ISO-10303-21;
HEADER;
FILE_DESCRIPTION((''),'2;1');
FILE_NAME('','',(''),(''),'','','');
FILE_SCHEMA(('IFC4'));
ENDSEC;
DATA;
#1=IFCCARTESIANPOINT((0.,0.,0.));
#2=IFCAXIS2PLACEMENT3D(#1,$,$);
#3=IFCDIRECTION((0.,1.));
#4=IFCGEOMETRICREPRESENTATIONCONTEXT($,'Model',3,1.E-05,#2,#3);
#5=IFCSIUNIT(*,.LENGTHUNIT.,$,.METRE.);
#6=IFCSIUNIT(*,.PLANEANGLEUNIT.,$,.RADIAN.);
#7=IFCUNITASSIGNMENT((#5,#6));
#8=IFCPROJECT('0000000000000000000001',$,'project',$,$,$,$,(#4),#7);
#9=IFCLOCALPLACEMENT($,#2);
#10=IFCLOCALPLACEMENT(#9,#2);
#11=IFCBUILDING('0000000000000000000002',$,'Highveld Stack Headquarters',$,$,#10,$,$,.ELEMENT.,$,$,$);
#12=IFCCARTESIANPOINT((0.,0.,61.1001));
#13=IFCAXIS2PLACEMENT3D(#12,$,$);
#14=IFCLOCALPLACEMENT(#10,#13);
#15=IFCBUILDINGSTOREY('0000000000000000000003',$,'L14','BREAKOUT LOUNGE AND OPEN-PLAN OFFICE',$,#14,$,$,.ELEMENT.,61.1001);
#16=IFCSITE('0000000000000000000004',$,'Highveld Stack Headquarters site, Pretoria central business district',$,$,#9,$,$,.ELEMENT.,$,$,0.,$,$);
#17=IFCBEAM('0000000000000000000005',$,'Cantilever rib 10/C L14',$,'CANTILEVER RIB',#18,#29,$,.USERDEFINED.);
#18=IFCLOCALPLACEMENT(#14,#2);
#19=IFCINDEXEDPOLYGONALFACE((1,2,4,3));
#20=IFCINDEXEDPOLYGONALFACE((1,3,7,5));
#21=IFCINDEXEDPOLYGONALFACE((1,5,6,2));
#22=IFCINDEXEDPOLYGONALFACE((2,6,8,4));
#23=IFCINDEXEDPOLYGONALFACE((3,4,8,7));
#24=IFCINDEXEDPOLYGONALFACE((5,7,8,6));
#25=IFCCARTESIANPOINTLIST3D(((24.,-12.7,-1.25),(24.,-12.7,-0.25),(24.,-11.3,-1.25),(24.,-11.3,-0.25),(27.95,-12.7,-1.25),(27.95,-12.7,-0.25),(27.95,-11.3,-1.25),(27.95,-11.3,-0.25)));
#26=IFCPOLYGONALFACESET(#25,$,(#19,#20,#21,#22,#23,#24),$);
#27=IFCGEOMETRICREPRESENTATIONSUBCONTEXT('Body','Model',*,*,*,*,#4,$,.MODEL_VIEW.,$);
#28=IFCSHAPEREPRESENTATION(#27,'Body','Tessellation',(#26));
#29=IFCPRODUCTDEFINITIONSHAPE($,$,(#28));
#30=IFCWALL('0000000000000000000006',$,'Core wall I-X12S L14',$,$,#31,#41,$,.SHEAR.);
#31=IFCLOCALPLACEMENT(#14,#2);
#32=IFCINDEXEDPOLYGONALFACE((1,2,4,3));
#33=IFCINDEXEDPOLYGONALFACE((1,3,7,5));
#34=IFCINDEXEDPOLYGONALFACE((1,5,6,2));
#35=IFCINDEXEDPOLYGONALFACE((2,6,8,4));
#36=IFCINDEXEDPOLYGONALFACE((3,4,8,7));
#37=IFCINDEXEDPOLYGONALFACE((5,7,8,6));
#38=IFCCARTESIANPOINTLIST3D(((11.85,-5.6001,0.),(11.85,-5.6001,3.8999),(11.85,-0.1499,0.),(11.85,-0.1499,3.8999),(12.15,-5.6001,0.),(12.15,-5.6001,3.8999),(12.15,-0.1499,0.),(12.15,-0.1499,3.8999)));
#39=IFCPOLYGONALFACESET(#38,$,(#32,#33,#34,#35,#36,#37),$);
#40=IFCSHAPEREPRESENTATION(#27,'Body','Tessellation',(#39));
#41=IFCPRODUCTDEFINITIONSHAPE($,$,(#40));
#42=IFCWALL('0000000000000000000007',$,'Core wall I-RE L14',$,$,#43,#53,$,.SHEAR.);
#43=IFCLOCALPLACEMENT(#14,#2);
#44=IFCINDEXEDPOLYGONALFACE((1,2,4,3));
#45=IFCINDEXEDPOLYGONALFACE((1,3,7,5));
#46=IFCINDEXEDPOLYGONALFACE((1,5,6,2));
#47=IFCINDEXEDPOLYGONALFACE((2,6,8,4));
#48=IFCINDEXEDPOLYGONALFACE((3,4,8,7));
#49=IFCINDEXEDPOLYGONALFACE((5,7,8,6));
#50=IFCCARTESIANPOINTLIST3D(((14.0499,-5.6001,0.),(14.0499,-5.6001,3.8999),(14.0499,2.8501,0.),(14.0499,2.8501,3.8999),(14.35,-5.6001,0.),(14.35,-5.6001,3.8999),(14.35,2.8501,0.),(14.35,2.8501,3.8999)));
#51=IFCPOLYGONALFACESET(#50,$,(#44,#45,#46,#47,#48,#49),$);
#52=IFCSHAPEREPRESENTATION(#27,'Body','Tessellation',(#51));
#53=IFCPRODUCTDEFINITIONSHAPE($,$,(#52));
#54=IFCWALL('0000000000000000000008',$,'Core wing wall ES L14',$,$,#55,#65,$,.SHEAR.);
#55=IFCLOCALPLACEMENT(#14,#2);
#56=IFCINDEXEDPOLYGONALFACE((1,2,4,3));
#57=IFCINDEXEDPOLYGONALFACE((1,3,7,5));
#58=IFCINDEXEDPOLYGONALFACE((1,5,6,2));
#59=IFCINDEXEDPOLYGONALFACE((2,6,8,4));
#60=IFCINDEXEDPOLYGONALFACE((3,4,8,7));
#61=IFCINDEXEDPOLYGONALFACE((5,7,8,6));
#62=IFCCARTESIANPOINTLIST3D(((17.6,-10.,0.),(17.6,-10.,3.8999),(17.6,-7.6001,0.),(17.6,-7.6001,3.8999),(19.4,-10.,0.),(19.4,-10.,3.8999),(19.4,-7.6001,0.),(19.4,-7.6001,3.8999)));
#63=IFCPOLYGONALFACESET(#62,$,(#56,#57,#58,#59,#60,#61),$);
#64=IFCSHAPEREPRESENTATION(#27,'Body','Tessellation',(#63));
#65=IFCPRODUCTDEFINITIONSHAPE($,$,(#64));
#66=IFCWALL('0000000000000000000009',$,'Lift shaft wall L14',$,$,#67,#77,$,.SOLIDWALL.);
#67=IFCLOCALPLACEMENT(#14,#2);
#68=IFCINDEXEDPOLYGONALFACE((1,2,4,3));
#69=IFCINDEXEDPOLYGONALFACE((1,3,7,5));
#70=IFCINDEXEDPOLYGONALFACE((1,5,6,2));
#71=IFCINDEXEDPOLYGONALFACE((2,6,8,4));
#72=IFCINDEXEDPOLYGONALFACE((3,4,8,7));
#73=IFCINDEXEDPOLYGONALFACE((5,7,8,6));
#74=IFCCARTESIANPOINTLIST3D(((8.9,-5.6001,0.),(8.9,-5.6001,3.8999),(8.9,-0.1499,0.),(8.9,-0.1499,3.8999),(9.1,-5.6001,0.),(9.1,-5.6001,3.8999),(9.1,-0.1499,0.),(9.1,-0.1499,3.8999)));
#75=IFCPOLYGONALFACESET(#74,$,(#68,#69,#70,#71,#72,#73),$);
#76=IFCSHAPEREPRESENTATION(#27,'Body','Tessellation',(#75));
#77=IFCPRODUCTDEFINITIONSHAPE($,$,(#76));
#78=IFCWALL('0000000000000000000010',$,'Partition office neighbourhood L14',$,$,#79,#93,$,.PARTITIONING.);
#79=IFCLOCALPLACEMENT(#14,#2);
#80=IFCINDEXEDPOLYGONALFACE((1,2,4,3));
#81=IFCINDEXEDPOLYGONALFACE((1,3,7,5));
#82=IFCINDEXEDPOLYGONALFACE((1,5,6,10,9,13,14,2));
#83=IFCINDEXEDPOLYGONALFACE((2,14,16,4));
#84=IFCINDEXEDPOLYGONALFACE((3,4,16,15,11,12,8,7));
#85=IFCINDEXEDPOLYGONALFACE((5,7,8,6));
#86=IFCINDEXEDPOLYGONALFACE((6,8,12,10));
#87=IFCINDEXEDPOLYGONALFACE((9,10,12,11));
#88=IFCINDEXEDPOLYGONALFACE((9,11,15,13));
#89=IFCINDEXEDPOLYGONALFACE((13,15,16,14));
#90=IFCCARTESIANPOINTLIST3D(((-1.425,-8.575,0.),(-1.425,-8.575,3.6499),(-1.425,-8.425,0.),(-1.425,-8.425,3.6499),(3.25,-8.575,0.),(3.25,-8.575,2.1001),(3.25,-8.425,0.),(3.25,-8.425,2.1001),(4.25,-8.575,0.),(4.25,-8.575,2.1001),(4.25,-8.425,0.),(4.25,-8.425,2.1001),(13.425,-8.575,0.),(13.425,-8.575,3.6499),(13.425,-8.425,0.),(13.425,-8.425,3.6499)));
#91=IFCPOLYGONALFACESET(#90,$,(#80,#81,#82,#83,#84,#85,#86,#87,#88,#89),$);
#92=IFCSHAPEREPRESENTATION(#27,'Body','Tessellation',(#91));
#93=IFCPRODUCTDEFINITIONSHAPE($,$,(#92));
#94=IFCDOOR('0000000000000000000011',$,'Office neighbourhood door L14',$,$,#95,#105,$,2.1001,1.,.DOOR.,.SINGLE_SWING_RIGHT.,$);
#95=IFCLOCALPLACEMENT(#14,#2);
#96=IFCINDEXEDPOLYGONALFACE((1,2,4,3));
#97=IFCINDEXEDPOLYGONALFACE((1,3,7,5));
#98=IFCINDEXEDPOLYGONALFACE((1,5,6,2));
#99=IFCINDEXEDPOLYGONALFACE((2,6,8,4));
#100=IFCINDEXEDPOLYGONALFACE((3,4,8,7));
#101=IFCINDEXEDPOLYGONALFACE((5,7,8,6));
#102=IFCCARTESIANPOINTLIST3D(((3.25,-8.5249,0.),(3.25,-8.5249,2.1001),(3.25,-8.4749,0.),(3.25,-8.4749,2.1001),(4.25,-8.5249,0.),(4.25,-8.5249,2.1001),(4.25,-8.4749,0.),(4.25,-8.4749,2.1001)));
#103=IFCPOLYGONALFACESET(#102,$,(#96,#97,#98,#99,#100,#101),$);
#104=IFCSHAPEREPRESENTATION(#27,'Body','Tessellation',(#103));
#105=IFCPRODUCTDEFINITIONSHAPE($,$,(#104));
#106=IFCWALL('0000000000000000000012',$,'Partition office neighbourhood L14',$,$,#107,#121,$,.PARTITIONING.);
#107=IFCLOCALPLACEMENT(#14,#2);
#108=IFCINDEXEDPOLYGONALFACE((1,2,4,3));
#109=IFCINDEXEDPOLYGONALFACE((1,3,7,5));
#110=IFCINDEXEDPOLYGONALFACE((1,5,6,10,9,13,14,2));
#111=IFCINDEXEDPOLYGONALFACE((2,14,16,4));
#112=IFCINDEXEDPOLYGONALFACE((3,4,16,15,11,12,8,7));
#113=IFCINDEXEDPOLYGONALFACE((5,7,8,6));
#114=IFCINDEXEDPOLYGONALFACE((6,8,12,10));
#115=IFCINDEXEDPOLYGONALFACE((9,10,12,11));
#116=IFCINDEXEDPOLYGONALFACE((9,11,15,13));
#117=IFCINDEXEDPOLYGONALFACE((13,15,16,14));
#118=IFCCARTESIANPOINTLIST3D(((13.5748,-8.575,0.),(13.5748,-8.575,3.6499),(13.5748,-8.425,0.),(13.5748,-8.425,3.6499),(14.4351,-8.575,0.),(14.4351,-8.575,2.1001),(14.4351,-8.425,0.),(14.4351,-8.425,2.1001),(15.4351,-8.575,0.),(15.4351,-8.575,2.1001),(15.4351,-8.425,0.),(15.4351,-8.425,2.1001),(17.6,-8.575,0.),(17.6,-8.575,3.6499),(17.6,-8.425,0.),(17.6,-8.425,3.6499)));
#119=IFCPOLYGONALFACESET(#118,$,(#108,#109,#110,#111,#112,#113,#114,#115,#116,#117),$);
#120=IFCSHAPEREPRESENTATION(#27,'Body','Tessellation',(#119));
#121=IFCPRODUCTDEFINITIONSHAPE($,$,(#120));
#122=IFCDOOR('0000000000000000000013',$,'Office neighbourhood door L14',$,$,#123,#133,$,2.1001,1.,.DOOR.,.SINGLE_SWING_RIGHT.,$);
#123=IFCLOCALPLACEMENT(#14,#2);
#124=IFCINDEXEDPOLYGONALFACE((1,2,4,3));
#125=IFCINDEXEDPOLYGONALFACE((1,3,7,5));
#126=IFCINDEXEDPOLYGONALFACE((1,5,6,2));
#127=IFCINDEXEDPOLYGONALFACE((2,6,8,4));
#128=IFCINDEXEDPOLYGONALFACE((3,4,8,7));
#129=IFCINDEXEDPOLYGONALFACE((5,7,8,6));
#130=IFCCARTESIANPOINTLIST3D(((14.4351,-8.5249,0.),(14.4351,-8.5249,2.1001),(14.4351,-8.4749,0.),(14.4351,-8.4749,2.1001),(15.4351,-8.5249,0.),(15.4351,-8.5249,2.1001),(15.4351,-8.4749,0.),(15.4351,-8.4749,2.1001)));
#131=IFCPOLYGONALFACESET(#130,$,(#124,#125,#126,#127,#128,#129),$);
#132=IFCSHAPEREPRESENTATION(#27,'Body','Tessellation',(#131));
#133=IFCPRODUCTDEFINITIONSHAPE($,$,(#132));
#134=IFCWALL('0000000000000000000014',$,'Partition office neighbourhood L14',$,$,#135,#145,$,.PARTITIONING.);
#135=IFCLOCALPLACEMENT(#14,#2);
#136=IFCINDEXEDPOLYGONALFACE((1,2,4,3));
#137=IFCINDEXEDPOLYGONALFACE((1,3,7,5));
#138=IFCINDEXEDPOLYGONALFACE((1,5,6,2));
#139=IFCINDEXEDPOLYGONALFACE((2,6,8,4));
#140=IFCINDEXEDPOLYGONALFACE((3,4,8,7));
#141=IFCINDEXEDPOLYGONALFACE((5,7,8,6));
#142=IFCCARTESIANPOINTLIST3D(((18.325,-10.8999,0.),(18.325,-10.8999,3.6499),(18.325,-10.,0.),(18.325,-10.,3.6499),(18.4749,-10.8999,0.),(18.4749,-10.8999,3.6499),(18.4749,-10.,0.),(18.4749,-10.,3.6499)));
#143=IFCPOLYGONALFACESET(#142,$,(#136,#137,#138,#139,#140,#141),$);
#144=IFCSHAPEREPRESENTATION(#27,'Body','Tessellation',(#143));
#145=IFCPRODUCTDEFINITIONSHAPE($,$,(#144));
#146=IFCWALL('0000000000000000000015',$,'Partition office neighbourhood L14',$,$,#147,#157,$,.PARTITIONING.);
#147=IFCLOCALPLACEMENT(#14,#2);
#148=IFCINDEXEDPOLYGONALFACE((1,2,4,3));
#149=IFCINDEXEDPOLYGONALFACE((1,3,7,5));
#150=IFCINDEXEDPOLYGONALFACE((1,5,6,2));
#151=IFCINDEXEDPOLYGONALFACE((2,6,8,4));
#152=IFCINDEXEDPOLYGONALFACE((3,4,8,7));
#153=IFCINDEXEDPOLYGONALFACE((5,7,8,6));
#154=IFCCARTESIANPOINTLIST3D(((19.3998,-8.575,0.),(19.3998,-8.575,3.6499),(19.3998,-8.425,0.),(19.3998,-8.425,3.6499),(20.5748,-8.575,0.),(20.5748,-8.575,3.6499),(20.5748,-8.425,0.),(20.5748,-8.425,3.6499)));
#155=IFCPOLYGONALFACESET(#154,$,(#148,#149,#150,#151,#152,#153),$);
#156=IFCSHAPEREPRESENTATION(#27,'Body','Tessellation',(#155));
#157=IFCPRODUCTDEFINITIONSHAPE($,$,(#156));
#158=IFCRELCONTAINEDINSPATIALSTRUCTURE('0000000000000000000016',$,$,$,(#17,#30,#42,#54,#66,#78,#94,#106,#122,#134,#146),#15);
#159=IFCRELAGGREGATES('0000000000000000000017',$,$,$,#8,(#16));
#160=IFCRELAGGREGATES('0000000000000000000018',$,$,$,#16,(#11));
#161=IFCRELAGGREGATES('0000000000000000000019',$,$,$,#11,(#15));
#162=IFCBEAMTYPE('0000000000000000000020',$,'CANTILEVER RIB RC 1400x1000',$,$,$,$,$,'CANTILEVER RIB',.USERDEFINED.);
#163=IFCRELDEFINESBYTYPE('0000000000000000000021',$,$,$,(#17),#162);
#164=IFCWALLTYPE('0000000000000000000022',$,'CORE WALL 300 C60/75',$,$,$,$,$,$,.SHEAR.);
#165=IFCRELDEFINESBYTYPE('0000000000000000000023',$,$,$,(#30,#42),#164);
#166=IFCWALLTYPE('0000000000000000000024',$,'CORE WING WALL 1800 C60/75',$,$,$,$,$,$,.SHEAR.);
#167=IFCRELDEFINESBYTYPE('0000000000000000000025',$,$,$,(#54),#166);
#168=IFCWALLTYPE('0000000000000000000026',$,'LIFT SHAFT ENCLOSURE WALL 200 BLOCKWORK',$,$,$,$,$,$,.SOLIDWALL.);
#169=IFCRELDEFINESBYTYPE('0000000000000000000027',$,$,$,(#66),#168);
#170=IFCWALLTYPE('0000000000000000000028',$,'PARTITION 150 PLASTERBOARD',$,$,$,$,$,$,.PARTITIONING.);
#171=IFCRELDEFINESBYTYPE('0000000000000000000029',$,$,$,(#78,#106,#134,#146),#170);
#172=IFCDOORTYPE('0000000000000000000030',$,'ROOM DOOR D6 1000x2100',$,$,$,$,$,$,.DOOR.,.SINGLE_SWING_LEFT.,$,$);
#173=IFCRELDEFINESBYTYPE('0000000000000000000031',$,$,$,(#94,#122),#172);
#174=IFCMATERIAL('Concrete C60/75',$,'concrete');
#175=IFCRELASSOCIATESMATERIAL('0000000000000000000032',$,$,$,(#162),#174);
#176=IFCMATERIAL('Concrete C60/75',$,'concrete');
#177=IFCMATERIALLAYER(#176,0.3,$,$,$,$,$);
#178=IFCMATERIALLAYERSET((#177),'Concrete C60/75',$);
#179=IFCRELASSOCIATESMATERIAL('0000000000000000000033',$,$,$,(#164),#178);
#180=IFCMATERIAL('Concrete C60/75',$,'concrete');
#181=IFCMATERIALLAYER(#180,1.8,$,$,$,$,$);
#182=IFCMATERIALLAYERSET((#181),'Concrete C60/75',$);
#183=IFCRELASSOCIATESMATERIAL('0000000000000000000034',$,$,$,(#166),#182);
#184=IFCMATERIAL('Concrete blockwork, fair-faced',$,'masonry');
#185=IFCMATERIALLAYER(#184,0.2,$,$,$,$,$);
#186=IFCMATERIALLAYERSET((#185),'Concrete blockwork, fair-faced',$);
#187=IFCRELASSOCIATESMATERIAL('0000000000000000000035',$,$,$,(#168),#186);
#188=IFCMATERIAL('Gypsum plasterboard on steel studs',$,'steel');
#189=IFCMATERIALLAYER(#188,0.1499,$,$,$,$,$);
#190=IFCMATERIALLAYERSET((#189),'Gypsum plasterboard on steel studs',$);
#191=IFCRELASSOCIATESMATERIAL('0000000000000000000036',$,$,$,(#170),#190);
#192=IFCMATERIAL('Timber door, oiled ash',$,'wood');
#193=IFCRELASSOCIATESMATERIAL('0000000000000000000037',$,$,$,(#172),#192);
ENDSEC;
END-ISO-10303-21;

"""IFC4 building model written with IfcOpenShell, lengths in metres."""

from ifc_helpers import new_model, si_unit, direction, frame, frame_2d, origin, origin_2d, place, context, subcontext, project, spatial, rectangle, extrude, material, layer, layer_set, material_profile, profile_set, type_object, element, fill, save


model = new_model("IFC4")

# Units and contexts
model_context = context("Model", 3, precision=1e-05, world=origin(), true_north=direction((0.0, 1.0)))
body_context = subcontext(model_context, "Body", "Model", "MODEL_VIEW")
ifc_project = project(units=[si_unit("LENGTHUNIT", "METRE"), si_unit("PLANEANGLEUNIT", "RADIAN")], contexts=[model_context])

# Site, building, storey
site_placement = place(None, origin())
site = spatial("IfcSite", under=ifc_project, at=site_placement, Name="Highveld Stack Headquarters site, Pretoria central business district", CompositionType="ELEMENT", RefElevation=0.0)
building_placement = place(site_placement, origin())
building = spatial("IfcBuilding", under=site, at=building_placement, Name="Highveld Stack Headquarters", CompositionType="ELEMENT")
storey_placement = place(building_placement, frame((0.0, 0.0, 61.1001)))
storey = spatial("IfcBuildingStorey", under=building, at=storey_placement, Name="L14", Description="BREAKOUT LOUNGE AND OPEN-PLAN OFFICE", CompositionType="ELEMENT", Elevation=61.1001)

# Beam
ifc_material_1 = material(Name="Concrete C60/75", Category="concrete")
ifc_material_profile = material_profile(ifc_material_1, rectangle(XDim=1.3999, YDim=1.0, at=origin_2d()), Name="RC 1400x1000")
ifc_profile_set = profile_set([ifc_material_profile], Name="Concrete C60/75")
beam_type = type_object("IfcBeamType", Name="CANTILEVER RIB RC 1400x1000", ElementType="CANTILEVER RIB", PredefinedType="USERDEFINED", material=ifc_profile_set)
beam_placement = place(storey_placement, frame((24.0, -12.0, -0.75), z_axis=(1.0, 0.0, 0.0), x_axis=(0.0, 1.0, 0.0)))
element("IfcBeam", 1, at=beam_placement, inside=storey, type_object=beam_type, Name="Cantilever rib 10/C L14", ObjectType="CANTILEVER RIB", PredefinedType="USERDEFINED", context=body_context, shape_type="SweptSolid", body=[
    extrude(rectangle(XDim=1.3999, YDim=1.0, at=origin_2d()), origin(), (0.0, 0.0, 1.0), 3.95),
])

# Walls
ifc_material_2 = material(Name="Concrete C60/75", Category="concrete")
ifc_layer_1 = layer(ifc_material_2, 0.3)
ifc_layer_set_1 = layer_set([ifc_layer_1], Name="Concrete C60/75")
wall_type_1 = type_object("IfcWallType", Name="CORE WALL 300 C60/75", PredefinedType="SHEAR", material=ifc_layer_set_1)
wall_1_placement = place(storey_placement, frame((12.0, -5.6001, 0.0), z_axis=(0.0, 0.0, 1.0), x_axis=(0.0, 1.0, 0.0)))
element("IfcWall", 2, at=wall_1_placement, inside=storey, type_object=wall_type_1, Name="Core wall I-X12S L14", PredefinedType="SHEAR", context=body_context, shape_type="SweptSolid", body=[
    extrude(rectangle(XDim=5.4502, YDim=0.3, at=frame_2d((2.7251, 0.0))), origin(), (0.0, 0.0, 1.0), 3.8999),
])
wall_2_placement = place(storey_placement, frame((14.2, -5.6001, 0.0), z_axis=(0.0, 0.0, 1.0), x_axis=(0.0, 1.0, 0.0)))
element("IfcWall", 3, at=wall_2_placement, inside=storey, type_object=wall_type_1, Name="Core wall I-RE L14", PredefinedType="SHEAR", context=body_context, shape_type="SweptSolid", body=[
    extrude(rectangle(XDim=8.4502, YDim=0.3, at=frame_2d((4.2251, 0.0))), origin(), (0.0, 0.0, 1.0), 3.8999),
])
ifc_material_3 = material(Name="Concrete C60/75", Category="concrete")
ifc_layer_2 = layer(ifc_material_3, 1.8)
ifc_layer_set_2 = layer_set([ifc_layer_2], Name="Concrete C60/75")
wall_type_2 = type_object("IfcWallType", Name="CORE WING WALL 1800 C60/75", PredefinedType="SHEAR", material=ifc_layer_set_2)
wall_3_placement = place(storey_placement, frame((18.5, -10.0, 0.0), z_axis=(0.0, 0.0, 1.0), x_axis=(0.0, 1.0, 0.0)))
element("IfcWall", 4, at=wall_3_placement, inside=storey, type_object=wall_type_2, Name="Core wing wall ES L14", PredefinedType="SHEAR", context=body_context, shape_type="SweptSolid", body=[
    extrude(rectangle(XDim=2.3999, YDim=1.8, at=frame_2d((1.2, 0.0))), origin(), (0.0, 0.0, 1.0), 3.8999),
])
ifc_material_4 = material(Name="Concrete blockwork, fair-faced", Category="masonry")
ifc_layer_3 = layer(ifc_material_4, 0.2)
ifc_layer_set_3 = layer_set([ifc_layer_3], Name="Concrete blockwork, fair-faced")
wall_type_3 = type_object("IfcWallType", Name="LIFT SHAFT ENCLOSURE WALL 200 BLOCKWORK", PredefinedType="SOLIDWALL", material=ifc_layer_set_3)
wall_4_placement = place(storey_placement, frame((9.0, -5.6001, 0.0), z_axis=(0.0, 0.0, 1.0), x_axis=(0.0, 1.0, 0.0)))
element("IfcWall", 5, at=wall_4_placement, inside=storey, type_object=wall_type_3, Name="Lift shaft wall L14", PredefinedType="SOLIDWALL", context=body_context, shape_type="SweptSolid", body=[
    extrude(rectangle(XDim=5.4502, YDim=0.2, at=frame_2d((2.7251, 0.0))), origin(), (0.0, 0.0, 1.0), 3.8999),
])

# Walls, openings, doors
ifc_material_5 = material(Name="Gypsum plasterboard on steel studs", Category="steel")
ifc_layer_4 = layer(ifc_material_5, 0.1499)
ifc_layer_set_4 = layer_set([ifc_layer_4], Name="Gypsum plasterboard on steel studs")
wall_type_4 = type_object("IfcWallType", Name="PARTITION 150 PLASTERBOARD", PredefinedType="PARTITIONING", material=ifc_layer_set_4)
wall_5_placement = place(storey_placement, frame((13.425, -8.5, 0.0), z_axis=(0.0, 0.0, 1.0), x_axis=(-1.0, 0.0, 0.0)))
wall_5 = element("IfcWall", 6, at=wall_5_placement, inside=storey, type_object=wall_type_4, Name="Partition office neighbourhood L14", PredefinedType="PARTITIONING", context=body_context, shape_type="SweptSolid", body=[
    extrude(rectangle(XDim=14.8501, YDim=0.1499, at=frame_2d((7.425, 0.0))), origin(), (0.0, 0.0, 1.0), 3.6499),
])
opening_1_placement = place(wall_5_placement, frame((9.175, 0.0, 0.0)))
opening_1 = element("IfcOpeningElement", 7, at=opening_1_placement, cuts=wall_5, PredefinedType="OPENING", context=body_context, shape_type="SweptSolid", body=[
    extrude(rectangle(XDim=1.0, YDim=2.1001, at=frame_2d((0.5, 1.05))), frame((0.0, 0.085, 0.0), z_axis=(0.0, -1.0, 0.0), x_axis=(1.0, 0.0, 0.0)), (0.0, 0.0, 1.0), 0.1699),
])
ifc_material_6 = material(Name="Timber door, oiled ash", Category="wood")
door_type_1 = type_object("IfcDoorType", Name="ROOM DOOR D6 1000x2100", OperationType="SINGLE_SWING_LEFT", PredefinedType="DOOR", material=ifc_material_6)
door_1_placement = place(opening_1_placement, origin())
door_1 = element("IfcDoor", 8, at=door_1_placement, inside=storey, type_object=door_type_1, Name="Office neighbourhood door L14", OperationType="SINGLE_SWING_RIGHT", OverallHeight=2.1001, OverallWidth=1.0, PredefinedType="DOOR", context=body_context, shape_type="SweptSolid", body=[
    extrude(rectangle(XDim=1.0, YDim=2.1001, at=frame_2d((0.5, 1.05))), frame((0.0, 0.0249, 0.0), z_axis=(0.0, -1.0, 0.0), x_axis=(1.0, 0.0, 0.0)), (0.0, 0.0, 1.0), 0.05),
])
fill(opening_1, door_1)
wall_6_placement = place(storey_placement, frame((17.6001, -8.5, 0.0), z_axis=(0.0, 0.0, 1.0), x_axis=(-1.0, 0.0, 0.0)))
wall_6 = element("IfcWall", 9, at=wall_6_placement, inside=storey, type_object=wall_type_4, Name="Partition office neighbourhood L14", PredefinedType="PARTITIONING", context=body_context, shape_type="SweptSolid", body=[
    extrude(rectangle(XDim=4.0251, YDim=0.1499, at=frame_2d((2.0127, 0.0))), origin(), (0.0, 0.0, 1.0), 3.6499),
])
opening_2_placement = place(wall_6_placement, frame((2.165, 0.0, 0.0)))
opening_2 = element("IfcOpeningElement", 10, at=opening_2_placement, cuts=wall_6, PredefinedType="OPENING", context=body_context, shape_type="SweptSolid", body=[
    extrude(rectangle(XDim=1.0, YDim=2.1001, at=frame_2d((0.5, 1.05))), frame((0.0, 0.085, 0.0), z_axis=(0.0, -1.0, 0.0), x_axis=(1.0, 0.0, 0.0)), (0.0, 0.0, 1.0), 0.1699),
])
door_2_placement = place(opening_2_placement, origin())
door_2 = element("IfcDoor", 11, at=door_2_placement, inside=storey, type_object=door_type_1, Name="Office neighbourhood door L14", OperationType="SINGLE_SWING_RIGHT", OverallHeight=2.1001, OverallWidth=1.0, PredefinedType="DOOR", context=body_context, shape_type="SweptSolid", body=[
    extrude(rectangle(XDim=1.0, YDim=2.1001, at=frame_2d((0.5, 1.05))), frame((0.0, 0.0249, 0.0), z_axis=(0.0, -1.0, 0.0), x_axis=(1.0, 0.0, 0.0)), (0.0, 0.0, 1.0), 0.05),
])
fill(opening_2, door_2)

# Walls
wall_7_placement = place(storey_placement, frame((18.3999, -10.8999, 0.0), z_axis=(0.0, 0.0, 1.0), x_axis=(0.0, 1.0, 0.0)))
element("IfcWall", 12, at=wall_7_placement, inside=storey, type_object=wall_type_4, Name="Partition office neighbourhood L14", PredefinedType="PARTITIONING", context=body_context, shape_type="SweptSolid", body=[
    extrude(rectangle(XDim=0.8999, YDim=0.1499, at=frame_2d((0.45, 0.0))), origin(), (0.0, 0.0, 1.0), 3.6499),
])
wall_8_placement = place(storey_placement, frame((19.3999, -8.5, 0.0), z_axis=(0.0, 0.0, 1.0), x_axis=(1.0, 0.0, 0.0)))
element("IfcWall", 13, at=wall_8_placement, inside=storey, type_object=wall_type_4, Name="Partition office neighbourhood L14", PredefinedType="PARTITIONING", context=body_context, shape_type="SweptSolid", body=[
    extrude(rectangle(XDim=1.175, YDim=0.1499, at=frame_2d((0.5874, 0.0))), origin(), (0.0, 0.0, 1.0), 3.6499),
])

save(model, "model.ifc")
